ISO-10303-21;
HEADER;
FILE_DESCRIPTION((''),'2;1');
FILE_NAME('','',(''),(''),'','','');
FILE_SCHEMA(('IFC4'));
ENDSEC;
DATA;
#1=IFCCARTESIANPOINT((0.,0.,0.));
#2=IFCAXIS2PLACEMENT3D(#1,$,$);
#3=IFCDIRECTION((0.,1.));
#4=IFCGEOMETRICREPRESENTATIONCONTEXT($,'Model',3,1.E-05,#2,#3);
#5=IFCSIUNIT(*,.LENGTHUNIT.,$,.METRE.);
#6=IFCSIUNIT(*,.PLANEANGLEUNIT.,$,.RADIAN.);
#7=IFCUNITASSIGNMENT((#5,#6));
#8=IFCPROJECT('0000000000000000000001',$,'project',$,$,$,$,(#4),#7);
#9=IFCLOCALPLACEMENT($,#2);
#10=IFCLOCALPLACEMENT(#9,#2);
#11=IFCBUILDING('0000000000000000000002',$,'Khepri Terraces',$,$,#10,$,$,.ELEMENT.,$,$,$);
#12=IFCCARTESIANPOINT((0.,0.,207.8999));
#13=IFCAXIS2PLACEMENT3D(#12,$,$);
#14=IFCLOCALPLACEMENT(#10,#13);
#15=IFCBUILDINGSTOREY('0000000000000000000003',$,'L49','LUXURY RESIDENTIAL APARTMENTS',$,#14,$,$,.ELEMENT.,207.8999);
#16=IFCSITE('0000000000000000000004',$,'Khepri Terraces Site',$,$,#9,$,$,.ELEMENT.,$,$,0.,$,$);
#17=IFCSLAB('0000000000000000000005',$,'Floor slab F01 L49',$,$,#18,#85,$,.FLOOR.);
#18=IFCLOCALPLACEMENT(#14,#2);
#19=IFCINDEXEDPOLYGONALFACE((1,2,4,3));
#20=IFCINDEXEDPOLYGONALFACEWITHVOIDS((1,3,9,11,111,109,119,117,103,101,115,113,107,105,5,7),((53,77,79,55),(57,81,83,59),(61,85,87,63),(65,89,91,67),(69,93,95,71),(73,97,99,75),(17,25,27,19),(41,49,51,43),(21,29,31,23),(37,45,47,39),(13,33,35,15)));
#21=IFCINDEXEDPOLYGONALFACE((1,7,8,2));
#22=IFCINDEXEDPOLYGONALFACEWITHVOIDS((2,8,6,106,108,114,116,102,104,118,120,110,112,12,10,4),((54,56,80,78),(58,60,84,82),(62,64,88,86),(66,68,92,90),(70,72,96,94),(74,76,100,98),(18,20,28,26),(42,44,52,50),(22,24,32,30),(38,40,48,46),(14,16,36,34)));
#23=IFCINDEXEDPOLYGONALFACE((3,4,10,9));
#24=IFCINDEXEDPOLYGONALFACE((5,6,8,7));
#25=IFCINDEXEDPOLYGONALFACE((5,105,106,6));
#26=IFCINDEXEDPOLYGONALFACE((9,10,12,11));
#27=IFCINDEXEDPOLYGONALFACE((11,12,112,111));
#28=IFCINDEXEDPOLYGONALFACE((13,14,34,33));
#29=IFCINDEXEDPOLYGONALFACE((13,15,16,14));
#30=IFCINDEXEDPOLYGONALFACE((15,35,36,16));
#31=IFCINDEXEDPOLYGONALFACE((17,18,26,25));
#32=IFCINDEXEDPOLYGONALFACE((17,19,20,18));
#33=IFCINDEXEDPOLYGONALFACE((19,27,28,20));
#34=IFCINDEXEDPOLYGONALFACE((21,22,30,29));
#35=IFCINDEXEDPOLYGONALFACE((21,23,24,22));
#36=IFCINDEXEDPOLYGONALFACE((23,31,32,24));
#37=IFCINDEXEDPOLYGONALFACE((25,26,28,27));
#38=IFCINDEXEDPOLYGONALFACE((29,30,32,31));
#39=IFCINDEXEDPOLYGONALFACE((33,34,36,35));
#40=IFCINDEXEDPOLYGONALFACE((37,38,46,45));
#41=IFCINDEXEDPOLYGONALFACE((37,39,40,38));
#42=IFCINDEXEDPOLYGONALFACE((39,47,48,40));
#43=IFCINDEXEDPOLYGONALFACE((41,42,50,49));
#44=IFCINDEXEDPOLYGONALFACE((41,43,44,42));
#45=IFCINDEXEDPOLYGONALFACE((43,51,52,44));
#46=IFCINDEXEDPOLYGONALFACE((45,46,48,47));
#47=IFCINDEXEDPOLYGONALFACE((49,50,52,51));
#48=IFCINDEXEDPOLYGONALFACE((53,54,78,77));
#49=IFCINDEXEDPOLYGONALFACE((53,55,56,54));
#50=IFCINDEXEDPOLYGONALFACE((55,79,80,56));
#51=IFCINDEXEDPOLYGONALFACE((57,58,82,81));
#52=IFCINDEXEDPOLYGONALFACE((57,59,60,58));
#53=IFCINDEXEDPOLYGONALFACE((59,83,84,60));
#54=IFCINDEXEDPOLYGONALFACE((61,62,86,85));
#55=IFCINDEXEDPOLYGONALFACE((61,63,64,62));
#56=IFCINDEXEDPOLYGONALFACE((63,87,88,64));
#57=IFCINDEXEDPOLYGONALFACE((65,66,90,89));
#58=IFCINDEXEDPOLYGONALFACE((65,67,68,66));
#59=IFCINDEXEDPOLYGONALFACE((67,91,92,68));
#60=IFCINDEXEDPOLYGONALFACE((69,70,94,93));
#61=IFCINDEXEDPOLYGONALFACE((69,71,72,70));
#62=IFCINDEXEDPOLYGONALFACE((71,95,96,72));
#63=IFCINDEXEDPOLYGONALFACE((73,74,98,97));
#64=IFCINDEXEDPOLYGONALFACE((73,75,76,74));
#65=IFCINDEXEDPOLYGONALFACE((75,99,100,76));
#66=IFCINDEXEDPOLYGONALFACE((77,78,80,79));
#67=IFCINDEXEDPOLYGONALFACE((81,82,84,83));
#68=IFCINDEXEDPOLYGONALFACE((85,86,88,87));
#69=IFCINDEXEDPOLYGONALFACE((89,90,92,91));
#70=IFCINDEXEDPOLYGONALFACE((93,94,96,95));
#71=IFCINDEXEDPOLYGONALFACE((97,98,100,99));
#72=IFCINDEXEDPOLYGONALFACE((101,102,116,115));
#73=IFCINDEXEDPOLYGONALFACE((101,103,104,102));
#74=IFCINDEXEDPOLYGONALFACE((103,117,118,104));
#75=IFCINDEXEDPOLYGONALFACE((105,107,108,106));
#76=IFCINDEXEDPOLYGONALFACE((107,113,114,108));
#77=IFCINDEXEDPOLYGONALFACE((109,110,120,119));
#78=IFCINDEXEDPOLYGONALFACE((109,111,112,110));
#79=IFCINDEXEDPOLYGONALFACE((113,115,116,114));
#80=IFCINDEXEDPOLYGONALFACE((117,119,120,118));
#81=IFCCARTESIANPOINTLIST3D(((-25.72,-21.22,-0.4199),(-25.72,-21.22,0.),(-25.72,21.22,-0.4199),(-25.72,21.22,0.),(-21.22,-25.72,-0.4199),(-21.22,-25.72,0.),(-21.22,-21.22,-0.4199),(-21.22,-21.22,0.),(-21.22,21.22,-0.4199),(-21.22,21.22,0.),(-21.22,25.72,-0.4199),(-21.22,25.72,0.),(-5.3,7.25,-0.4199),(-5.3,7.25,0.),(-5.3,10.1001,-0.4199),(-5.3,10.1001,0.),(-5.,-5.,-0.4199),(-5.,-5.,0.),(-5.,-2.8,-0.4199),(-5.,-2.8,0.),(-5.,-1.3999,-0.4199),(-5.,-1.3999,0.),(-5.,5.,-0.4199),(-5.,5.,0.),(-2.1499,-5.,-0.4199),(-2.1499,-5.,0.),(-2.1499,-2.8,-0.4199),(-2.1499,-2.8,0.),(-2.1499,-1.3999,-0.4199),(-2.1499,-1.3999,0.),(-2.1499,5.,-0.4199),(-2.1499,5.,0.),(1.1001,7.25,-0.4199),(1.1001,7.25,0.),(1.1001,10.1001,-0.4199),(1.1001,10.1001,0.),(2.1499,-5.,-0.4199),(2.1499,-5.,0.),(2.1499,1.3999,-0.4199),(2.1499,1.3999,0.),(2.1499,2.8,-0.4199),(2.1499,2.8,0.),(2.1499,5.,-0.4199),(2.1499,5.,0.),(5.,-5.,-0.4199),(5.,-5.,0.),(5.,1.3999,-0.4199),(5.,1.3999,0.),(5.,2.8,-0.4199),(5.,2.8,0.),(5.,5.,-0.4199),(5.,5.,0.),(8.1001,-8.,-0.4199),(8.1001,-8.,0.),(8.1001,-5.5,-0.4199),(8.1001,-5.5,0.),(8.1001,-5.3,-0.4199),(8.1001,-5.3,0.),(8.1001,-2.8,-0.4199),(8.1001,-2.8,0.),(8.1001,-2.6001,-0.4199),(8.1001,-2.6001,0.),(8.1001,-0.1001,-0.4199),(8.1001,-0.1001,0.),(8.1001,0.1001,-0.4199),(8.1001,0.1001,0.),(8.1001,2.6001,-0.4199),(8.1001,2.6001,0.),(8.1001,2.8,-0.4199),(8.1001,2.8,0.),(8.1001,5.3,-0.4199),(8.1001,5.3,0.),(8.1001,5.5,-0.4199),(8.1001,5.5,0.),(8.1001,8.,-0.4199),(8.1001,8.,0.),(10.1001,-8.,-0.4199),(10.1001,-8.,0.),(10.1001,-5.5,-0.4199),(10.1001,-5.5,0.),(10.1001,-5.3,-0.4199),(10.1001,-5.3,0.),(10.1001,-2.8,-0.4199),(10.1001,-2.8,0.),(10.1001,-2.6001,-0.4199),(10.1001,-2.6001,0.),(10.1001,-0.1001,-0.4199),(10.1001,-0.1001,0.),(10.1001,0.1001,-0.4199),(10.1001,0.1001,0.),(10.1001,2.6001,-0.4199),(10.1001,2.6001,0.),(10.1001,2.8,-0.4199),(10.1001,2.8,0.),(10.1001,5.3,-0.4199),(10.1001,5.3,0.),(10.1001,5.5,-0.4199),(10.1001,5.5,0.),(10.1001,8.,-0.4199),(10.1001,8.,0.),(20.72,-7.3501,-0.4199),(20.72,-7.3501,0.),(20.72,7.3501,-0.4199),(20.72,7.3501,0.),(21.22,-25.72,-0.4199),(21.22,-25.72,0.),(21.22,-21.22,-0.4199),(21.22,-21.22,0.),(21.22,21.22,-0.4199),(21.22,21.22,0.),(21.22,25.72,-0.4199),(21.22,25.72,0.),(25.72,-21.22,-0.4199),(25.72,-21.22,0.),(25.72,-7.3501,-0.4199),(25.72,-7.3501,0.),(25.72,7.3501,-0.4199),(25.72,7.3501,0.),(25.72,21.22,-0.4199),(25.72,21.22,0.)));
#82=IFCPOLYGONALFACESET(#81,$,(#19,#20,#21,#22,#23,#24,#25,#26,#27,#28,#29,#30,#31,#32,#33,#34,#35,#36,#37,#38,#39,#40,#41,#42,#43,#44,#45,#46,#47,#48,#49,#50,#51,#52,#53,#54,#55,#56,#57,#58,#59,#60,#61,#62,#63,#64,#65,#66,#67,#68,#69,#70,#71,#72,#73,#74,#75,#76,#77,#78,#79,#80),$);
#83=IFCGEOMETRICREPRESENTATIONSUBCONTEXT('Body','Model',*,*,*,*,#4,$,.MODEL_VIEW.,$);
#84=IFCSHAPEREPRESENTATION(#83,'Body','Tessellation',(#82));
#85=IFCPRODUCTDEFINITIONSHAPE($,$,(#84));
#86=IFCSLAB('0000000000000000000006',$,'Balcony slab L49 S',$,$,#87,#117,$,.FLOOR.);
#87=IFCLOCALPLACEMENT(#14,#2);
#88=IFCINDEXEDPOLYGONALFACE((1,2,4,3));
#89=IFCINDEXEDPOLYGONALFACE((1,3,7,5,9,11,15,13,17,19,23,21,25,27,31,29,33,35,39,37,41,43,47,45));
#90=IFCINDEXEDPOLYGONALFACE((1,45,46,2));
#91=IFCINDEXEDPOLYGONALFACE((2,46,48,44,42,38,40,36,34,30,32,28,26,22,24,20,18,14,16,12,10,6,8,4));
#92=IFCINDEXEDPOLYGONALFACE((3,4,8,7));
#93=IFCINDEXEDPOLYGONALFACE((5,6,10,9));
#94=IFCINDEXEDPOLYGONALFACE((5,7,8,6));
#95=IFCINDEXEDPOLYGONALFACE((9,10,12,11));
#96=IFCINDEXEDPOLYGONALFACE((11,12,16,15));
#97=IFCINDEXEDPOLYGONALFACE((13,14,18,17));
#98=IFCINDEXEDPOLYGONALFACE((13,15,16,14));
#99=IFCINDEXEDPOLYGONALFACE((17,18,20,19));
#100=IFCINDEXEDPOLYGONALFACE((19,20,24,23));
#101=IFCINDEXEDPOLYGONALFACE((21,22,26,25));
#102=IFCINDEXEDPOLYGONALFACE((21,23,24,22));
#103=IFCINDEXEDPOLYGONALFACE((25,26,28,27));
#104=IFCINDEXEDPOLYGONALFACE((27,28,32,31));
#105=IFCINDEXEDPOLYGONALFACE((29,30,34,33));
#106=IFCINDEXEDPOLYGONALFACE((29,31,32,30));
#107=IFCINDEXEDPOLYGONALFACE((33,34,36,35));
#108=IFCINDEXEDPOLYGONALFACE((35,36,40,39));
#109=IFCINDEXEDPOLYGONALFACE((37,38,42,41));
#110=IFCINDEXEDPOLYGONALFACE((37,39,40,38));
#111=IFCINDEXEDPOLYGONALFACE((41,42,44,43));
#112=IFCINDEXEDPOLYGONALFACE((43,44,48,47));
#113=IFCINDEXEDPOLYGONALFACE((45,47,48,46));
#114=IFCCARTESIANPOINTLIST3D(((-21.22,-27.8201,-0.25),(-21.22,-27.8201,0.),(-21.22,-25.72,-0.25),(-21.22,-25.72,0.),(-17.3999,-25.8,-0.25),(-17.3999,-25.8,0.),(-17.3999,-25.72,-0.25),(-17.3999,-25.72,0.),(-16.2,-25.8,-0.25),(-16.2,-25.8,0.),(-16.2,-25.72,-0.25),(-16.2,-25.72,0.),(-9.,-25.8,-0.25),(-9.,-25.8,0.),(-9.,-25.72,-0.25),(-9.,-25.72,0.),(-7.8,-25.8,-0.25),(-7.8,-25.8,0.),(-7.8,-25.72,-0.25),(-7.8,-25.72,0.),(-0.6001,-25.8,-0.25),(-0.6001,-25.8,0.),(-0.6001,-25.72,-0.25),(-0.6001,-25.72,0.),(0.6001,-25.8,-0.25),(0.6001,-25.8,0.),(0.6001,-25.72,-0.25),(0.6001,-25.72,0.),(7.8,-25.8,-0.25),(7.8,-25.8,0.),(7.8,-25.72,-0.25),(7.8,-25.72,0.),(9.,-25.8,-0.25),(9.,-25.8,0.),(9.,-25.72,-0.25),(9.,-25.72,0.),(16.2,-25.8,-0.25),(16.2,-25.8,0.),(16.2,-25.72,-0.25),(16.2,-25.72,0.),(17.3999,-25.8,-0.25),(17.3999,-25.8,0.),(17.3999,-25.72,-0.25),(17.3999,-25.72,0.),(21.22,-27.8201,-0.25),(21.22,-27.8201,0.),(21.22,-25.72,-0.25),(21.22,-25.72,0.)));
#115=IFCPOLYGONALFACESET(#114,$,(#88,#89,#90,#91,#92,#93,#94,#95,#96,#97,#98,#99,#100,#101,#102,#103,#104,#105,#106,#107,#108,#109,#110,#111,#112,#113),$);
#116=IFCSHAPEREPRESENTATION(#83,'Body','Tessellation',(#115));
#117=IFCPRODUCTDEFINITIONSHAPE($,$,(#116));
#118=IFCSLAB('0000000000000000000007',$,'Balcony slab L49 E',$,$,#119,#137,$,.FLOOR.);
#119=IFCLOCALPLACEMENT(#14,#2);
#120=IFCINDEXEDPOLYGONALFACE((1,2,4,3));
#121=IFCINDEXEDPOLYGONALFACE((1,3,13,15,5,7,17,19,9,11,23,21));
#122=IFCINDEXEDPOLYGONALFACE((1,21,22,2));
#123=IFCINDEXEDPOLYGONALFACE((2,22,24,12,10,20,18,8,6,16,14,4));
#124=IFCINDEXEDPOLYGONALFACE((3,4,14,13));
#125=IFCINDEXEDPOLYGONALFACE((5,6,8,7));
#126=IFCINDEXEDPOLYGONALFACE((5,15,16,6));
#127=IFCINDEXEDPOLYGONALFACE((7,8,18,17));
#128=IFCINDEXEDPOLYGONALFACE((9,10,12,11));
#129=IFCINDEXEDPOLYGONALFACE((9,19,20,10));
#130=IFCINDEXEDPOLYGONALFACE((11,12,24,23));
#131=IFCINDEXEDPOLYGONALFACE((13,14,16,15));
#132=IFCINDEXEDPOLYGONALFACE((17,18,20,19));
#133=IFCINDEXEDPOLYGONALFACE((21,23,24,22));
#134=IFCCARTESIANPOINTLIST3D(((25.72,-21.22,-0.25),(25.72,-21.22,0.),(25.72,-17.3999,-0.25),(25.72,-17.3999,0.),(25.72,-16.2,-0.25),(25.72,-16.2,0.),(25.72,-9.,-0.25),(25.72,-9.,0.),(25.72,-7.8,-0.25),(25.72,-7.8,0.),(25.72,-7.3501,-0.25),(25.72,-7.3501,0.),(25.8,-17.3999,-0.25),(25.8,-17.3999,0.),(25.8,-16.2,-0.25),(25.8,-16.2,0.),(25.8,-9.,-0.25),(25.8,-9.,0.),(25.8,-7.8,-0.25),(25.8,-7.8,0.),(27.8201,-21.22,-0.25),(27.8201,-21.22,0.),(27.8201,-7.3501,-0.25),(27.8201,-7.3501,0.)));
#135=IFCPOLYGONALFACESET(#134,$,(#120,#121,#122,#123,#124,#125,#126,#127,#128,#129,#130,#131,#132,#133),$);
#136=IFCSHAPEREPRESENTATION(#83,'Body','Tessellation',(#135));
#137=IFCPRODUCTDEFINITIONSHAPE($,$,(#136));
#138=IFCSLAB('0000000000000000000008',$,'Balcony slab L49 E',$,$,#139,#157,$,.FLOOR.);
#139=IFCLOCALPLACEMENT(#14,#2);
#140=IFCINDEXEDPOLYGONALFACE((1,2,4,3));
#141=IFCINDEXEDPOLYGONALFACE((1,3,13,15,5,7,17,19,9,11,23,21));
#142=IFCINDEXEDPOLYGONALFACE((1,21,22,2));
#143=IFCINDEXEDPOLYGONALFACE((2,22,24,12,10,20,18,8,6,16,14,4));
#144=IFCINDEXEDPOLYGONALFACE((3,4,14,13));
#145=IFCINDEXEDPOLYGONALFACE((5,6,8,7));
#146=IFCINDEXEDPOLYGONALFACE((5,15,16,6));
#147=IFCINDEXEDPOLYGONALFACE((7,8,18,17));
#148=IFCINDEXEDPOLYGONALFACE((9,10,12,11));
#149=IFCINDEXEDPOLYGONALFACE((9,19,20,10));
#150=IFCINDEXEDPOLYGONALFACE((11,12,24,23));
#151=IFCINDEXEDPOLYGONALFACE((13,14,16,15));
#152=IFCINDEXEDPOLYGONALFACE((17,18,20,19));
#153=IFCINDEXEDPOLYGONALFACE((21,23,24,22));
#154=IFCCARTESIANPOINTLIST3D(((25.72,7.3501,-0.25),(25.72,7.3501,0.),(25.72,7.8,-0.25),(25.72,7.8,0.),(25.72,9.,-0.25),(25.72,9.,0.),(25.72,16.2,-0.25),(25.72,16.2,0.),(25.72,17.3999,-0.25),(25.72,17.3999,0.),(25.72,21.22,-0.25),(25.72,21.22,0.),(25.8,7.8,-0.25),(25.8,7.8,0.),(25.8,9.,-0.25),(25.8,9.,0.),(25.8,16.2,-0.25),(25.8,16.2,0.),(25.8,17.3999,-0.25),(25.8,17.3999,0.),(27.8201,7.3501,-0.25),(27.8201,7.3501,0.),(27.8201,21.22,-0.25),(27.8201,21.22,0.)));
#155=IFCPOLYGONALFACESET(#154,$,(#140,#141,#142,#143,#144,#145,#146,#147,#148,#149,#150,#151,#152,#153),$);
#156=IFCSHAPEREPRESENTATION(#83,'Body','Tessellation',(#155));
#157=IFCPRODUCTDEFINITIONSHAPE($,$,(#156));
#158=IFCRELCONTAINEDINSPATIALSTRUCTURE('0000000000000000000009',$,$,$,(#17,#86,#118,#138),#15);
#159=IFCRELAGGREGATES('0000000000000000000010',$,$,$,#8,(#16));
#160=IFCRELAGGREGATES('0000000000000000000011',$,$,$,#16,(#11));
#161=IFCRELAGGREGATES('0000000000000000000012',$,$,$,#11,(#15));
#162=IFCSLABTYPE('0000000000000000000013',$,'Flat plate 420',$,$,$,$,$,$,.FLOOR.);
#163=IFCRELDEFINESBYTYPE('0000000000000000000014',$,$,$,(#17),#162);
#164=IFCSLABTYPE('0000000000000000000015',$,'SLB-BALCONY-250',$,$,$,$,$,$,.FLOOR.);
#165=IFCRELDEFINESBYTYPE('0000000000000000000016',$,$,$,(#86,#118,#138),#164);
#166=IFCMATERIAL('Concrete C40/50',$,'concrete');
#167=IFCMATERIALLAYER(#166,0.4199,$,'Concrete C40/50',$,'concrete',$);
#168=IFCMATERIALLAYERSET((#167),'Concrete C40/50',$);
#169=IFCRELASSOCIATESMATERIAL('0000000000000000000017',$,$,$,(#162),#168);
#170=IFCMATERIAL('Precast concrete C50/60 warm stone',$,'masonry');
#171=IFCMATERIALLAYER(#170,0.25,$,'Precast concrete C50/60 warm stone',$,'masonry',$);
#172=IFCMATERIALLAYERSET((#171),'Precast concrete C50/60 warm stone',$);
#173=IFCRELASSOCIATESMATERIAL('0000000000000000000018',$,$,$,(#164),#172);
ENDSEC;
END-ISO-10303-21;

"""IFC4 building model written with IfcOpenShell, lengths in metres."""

from ifc_helpers import new_model, si_unit, direction, frame, origin, place, context, subcontext, project, spatial, polyline, outline, extrude, material, layer, layer_set, type_object, element, save


model = new_model("IFC4")

# Units and contexts
model_context = context("Model", 3, precision=1e-05, world=origin(), true_north=direction((0.0, 1.0)))
body_context = subcontext(model_context, "Body", "Model", "MODEL_VIEW")
ifc_project = project(units=[si_unit("LENGTHUNIT", "METRE"), si_unit("PLANEANGLEUNIT", "RADIAN")], contexts=[model_context])

# Site, building, storey
site_placement = place(None, origin())
site = spatial("IfcSite", under=ifc_project, at=site_placement, Name="Khepri Terraces Site", CompositionType="ELEMENT", RefElevation=0.0)
building_placement = place(site_placement, origin())
building = spatial("IfcBuilding", under=site, at=building_placement, Name="Khepri Terraces", CompositionType="ELEMENT")
storey_placement = place(building_placement, frame((0.0, 0.0, 207.8999)))
storey = spatial("IfcBuildingStorey", under=building, at=storey_placement, Name="L49", Description="LUXURY RESIDENTIAL APARTMENTS", CompositionType="ELEMENT", Elevation=207.8999)

# Slabs
ifc_material_1 = material(Name="Concrete C40/50", Category="concrete")
ifc_layer_1 = layer(ifc_material_1, 0.4199, Name="Concrete C40/50", Category="concrete")
ifc_layer_set_1 = layer_set([ifc_layer_1], Name="Concrete C40/50")
slab_type_1 = type_object("IfcSlabType", Name="Flat plate 420", PredefinedType="FLOOR", material=ifc_layer_set_1)
slab_1_placement = place(storey_placement, frame((0.0, 0.0, -0.4199)))
element("IfcSlab", 1, at=slab_1_placement, inside=storey, type_object=slab_type_1, Name="Floor slab F01 L49", PredefinedType="FLOOR", context=body_context, shape_type="SweptSolid", body=[
    extrude(outline(polyline([(25.72, 7.3501), (20.72, 7.3501), (20.72, -7.3501), (25.72, -7.3501), (25.72, -21.22), (21.22, -21.22), (21.22, -25.72), (-21.22, -25.72), (-21.22, -21.22), (-25.72, -21.22), (-25.72, 21.22), (-21.22, 21.22), (-21.22, 25.72), (21.22, 25.72), (21.22, 21.22), (25.72, 21.22), (25.72, 7.3501)]), holes=[polyline([(2.1499, 2.8), (5.0, 2.8), (5.0, 5.0), (2.1499, 5.0), (2.1499, 2.8)]), polyline([(-5.0, -2.8), (-5.0, -5.0), (-2.1499, -5.0), (-2.1499, -2.8), (-5.0, -2.8)]), polyline([(10.1001, -5.5), (8.1001, -5.5), (8.1001, -8.0), (10.1001, -8.0), (10.1001, -5.5)]), polyline([(10.1001, -5.3), (10.1001, -2.8), (8.1001, -2.8), (8.1001, -5.3), (10.1001, -5.3)]), polyline([(8.1001, -2.6001), (10.1001, -2.6001), (10.1001, -0.1001), (8.1001, -0.1001), (8.1001, -2.6001)]), polyline([(8.1001, 2.6001), (8.1001, 0.1001), (10.1001, 0.1001), (10.1001, 2.6001), (8.1001, 2.6001)]), polyline([(10.1001, 5.3), (8.1001, 5.3), (8.1001, 2.8), (10.1001, 2.8), (10.1001, 5.3)]), polyline([(10.1001, 5.5), (10.1001, 8.0), (8.1001, 8.0), (8.1001, 5.5), (10.1001, 5.5)]), polyline([(-5.0, -1.3999), (-2.1499, -1.3999), (-2.1499, 5.0), (-5.0, 5.0), (-5.0, -1.3999)]), polyline([(5.0, -5.0), (5.0, 1.3999), (2.1499, 1.3999), (2.1499, -5.0), (5.0, -5.0)]), polyline([(-5.3, 10.1001), (-5.3, 7.25), (1.1001, 7.25), (1.1001, 10.1001), (-5.3, 10.1001)])]), origin(), (0.0, 0.0, 1.0), 0.4199),
])
ifc_material_2 = material(Name="Precast concrete C50/60 warm stone", Category="masonry")
ifc_layer_2 = layer(ifc_material_2, 0.25, Name="Precast concrete C50/60 warm stone", Category="masonry")
ifc_layer_set_2 = layer_set([ifc_layer_2], Name="Precast concrete C50/60 warm stone")
slab_type_2 = type_object("IfcSlabType", Name="SLB-BALCONY-250", PredefinedType="FLOOR", material=ifc_layer_set_2)
slab_2_placement = place(storey_placement, frame((0.0, 0.0, -0.25)))
element("IfcSlab", 2, at=slab_2_placement, inside=storey, type_object=slab_type_2, Name="Balcony slab L49 S", PredefinedType="FLOOR", context=body_context, shape_type="SweptSolid", body=[
    extrude(outline(polyline([(-17.3999, -25.72), (-21.22, -25.72), (-21.22, -27.8201), (21.22, -27.8201), (21.22, -25.72), (17.3999, -25.72), (17.3999, -25.8), (16.2, -25.8), (16.2, -25.72), (9.0, -25.72), (9.0, -25.8), (7.8, -25.8), (7.8, -25.72), (0.6001, -25.72), (0.6001, -25.8), (-0.6001, -25.8), (-0.6001, -25.72), (-7.8, -25.72), (-7.8, -25.8), (-9.0, -25.8), (-9.0, -25.72), (-16.2, -25.72), (-16.2, -25.8), (-17.3999, -25.8), (-17.3999, -25.72)])), origin(), (0.0, 0.0, 1.0), 0.25),
])
slab_3_placement = place(storey_placement, frame((0.0, 0.0, -0.25)))
element("IfcSlab", 3, at=slab_3_placement, inside=storey, type_object=slab_type_2, Name="Balcony slab L49 E", PredefinedType="FLOOR", context=body_context, shape_type="SweptSolid", body=[
    extrude(outline(polyline([(25.72, -17.3999), (25.72, -21.22), (27.8201, -21.22), (27.8201, -7.3501), (25.72, -7.3501), (25.72, -7.8), (25.8, -7.8), (25.8, -9.0), (25.72, -9.0), (25.72, -16.2), (25.8, -16.2), (25.8, -17.3999), (25.72, -17.3999)])), origin(), (0.0, 0.0, 1.0), 0.25),
])
slab_4_placement = place(storey_placement, frame((0.0, 0.0, -0.25)))
element("IfcSlab", 4, at=slab_4_placement, inside=storey, type_object=slab_type_2, Name="Balcony slab L49 E", PredefinedType="FLOOR", context=body_context, shape_type="SweptSolid", body=[
    extrude(outline(polyline([(25.72, 7.8), (25.72, 7.3501), (27.8201, 7.3501), (27.8201, 21.22), (25.72, 21.22), (25.72, 17.3999), (25.8, 17.3999), (25.8, 16.2), (25.72, 16.2), (25.72, 9.0), (25.8, 9.0), (25.8, 7.8), (25.72, 7.8)])), origin(), (0.0, 0.0, 1.0), 0.25),
])

save(model, "model.ifc")
